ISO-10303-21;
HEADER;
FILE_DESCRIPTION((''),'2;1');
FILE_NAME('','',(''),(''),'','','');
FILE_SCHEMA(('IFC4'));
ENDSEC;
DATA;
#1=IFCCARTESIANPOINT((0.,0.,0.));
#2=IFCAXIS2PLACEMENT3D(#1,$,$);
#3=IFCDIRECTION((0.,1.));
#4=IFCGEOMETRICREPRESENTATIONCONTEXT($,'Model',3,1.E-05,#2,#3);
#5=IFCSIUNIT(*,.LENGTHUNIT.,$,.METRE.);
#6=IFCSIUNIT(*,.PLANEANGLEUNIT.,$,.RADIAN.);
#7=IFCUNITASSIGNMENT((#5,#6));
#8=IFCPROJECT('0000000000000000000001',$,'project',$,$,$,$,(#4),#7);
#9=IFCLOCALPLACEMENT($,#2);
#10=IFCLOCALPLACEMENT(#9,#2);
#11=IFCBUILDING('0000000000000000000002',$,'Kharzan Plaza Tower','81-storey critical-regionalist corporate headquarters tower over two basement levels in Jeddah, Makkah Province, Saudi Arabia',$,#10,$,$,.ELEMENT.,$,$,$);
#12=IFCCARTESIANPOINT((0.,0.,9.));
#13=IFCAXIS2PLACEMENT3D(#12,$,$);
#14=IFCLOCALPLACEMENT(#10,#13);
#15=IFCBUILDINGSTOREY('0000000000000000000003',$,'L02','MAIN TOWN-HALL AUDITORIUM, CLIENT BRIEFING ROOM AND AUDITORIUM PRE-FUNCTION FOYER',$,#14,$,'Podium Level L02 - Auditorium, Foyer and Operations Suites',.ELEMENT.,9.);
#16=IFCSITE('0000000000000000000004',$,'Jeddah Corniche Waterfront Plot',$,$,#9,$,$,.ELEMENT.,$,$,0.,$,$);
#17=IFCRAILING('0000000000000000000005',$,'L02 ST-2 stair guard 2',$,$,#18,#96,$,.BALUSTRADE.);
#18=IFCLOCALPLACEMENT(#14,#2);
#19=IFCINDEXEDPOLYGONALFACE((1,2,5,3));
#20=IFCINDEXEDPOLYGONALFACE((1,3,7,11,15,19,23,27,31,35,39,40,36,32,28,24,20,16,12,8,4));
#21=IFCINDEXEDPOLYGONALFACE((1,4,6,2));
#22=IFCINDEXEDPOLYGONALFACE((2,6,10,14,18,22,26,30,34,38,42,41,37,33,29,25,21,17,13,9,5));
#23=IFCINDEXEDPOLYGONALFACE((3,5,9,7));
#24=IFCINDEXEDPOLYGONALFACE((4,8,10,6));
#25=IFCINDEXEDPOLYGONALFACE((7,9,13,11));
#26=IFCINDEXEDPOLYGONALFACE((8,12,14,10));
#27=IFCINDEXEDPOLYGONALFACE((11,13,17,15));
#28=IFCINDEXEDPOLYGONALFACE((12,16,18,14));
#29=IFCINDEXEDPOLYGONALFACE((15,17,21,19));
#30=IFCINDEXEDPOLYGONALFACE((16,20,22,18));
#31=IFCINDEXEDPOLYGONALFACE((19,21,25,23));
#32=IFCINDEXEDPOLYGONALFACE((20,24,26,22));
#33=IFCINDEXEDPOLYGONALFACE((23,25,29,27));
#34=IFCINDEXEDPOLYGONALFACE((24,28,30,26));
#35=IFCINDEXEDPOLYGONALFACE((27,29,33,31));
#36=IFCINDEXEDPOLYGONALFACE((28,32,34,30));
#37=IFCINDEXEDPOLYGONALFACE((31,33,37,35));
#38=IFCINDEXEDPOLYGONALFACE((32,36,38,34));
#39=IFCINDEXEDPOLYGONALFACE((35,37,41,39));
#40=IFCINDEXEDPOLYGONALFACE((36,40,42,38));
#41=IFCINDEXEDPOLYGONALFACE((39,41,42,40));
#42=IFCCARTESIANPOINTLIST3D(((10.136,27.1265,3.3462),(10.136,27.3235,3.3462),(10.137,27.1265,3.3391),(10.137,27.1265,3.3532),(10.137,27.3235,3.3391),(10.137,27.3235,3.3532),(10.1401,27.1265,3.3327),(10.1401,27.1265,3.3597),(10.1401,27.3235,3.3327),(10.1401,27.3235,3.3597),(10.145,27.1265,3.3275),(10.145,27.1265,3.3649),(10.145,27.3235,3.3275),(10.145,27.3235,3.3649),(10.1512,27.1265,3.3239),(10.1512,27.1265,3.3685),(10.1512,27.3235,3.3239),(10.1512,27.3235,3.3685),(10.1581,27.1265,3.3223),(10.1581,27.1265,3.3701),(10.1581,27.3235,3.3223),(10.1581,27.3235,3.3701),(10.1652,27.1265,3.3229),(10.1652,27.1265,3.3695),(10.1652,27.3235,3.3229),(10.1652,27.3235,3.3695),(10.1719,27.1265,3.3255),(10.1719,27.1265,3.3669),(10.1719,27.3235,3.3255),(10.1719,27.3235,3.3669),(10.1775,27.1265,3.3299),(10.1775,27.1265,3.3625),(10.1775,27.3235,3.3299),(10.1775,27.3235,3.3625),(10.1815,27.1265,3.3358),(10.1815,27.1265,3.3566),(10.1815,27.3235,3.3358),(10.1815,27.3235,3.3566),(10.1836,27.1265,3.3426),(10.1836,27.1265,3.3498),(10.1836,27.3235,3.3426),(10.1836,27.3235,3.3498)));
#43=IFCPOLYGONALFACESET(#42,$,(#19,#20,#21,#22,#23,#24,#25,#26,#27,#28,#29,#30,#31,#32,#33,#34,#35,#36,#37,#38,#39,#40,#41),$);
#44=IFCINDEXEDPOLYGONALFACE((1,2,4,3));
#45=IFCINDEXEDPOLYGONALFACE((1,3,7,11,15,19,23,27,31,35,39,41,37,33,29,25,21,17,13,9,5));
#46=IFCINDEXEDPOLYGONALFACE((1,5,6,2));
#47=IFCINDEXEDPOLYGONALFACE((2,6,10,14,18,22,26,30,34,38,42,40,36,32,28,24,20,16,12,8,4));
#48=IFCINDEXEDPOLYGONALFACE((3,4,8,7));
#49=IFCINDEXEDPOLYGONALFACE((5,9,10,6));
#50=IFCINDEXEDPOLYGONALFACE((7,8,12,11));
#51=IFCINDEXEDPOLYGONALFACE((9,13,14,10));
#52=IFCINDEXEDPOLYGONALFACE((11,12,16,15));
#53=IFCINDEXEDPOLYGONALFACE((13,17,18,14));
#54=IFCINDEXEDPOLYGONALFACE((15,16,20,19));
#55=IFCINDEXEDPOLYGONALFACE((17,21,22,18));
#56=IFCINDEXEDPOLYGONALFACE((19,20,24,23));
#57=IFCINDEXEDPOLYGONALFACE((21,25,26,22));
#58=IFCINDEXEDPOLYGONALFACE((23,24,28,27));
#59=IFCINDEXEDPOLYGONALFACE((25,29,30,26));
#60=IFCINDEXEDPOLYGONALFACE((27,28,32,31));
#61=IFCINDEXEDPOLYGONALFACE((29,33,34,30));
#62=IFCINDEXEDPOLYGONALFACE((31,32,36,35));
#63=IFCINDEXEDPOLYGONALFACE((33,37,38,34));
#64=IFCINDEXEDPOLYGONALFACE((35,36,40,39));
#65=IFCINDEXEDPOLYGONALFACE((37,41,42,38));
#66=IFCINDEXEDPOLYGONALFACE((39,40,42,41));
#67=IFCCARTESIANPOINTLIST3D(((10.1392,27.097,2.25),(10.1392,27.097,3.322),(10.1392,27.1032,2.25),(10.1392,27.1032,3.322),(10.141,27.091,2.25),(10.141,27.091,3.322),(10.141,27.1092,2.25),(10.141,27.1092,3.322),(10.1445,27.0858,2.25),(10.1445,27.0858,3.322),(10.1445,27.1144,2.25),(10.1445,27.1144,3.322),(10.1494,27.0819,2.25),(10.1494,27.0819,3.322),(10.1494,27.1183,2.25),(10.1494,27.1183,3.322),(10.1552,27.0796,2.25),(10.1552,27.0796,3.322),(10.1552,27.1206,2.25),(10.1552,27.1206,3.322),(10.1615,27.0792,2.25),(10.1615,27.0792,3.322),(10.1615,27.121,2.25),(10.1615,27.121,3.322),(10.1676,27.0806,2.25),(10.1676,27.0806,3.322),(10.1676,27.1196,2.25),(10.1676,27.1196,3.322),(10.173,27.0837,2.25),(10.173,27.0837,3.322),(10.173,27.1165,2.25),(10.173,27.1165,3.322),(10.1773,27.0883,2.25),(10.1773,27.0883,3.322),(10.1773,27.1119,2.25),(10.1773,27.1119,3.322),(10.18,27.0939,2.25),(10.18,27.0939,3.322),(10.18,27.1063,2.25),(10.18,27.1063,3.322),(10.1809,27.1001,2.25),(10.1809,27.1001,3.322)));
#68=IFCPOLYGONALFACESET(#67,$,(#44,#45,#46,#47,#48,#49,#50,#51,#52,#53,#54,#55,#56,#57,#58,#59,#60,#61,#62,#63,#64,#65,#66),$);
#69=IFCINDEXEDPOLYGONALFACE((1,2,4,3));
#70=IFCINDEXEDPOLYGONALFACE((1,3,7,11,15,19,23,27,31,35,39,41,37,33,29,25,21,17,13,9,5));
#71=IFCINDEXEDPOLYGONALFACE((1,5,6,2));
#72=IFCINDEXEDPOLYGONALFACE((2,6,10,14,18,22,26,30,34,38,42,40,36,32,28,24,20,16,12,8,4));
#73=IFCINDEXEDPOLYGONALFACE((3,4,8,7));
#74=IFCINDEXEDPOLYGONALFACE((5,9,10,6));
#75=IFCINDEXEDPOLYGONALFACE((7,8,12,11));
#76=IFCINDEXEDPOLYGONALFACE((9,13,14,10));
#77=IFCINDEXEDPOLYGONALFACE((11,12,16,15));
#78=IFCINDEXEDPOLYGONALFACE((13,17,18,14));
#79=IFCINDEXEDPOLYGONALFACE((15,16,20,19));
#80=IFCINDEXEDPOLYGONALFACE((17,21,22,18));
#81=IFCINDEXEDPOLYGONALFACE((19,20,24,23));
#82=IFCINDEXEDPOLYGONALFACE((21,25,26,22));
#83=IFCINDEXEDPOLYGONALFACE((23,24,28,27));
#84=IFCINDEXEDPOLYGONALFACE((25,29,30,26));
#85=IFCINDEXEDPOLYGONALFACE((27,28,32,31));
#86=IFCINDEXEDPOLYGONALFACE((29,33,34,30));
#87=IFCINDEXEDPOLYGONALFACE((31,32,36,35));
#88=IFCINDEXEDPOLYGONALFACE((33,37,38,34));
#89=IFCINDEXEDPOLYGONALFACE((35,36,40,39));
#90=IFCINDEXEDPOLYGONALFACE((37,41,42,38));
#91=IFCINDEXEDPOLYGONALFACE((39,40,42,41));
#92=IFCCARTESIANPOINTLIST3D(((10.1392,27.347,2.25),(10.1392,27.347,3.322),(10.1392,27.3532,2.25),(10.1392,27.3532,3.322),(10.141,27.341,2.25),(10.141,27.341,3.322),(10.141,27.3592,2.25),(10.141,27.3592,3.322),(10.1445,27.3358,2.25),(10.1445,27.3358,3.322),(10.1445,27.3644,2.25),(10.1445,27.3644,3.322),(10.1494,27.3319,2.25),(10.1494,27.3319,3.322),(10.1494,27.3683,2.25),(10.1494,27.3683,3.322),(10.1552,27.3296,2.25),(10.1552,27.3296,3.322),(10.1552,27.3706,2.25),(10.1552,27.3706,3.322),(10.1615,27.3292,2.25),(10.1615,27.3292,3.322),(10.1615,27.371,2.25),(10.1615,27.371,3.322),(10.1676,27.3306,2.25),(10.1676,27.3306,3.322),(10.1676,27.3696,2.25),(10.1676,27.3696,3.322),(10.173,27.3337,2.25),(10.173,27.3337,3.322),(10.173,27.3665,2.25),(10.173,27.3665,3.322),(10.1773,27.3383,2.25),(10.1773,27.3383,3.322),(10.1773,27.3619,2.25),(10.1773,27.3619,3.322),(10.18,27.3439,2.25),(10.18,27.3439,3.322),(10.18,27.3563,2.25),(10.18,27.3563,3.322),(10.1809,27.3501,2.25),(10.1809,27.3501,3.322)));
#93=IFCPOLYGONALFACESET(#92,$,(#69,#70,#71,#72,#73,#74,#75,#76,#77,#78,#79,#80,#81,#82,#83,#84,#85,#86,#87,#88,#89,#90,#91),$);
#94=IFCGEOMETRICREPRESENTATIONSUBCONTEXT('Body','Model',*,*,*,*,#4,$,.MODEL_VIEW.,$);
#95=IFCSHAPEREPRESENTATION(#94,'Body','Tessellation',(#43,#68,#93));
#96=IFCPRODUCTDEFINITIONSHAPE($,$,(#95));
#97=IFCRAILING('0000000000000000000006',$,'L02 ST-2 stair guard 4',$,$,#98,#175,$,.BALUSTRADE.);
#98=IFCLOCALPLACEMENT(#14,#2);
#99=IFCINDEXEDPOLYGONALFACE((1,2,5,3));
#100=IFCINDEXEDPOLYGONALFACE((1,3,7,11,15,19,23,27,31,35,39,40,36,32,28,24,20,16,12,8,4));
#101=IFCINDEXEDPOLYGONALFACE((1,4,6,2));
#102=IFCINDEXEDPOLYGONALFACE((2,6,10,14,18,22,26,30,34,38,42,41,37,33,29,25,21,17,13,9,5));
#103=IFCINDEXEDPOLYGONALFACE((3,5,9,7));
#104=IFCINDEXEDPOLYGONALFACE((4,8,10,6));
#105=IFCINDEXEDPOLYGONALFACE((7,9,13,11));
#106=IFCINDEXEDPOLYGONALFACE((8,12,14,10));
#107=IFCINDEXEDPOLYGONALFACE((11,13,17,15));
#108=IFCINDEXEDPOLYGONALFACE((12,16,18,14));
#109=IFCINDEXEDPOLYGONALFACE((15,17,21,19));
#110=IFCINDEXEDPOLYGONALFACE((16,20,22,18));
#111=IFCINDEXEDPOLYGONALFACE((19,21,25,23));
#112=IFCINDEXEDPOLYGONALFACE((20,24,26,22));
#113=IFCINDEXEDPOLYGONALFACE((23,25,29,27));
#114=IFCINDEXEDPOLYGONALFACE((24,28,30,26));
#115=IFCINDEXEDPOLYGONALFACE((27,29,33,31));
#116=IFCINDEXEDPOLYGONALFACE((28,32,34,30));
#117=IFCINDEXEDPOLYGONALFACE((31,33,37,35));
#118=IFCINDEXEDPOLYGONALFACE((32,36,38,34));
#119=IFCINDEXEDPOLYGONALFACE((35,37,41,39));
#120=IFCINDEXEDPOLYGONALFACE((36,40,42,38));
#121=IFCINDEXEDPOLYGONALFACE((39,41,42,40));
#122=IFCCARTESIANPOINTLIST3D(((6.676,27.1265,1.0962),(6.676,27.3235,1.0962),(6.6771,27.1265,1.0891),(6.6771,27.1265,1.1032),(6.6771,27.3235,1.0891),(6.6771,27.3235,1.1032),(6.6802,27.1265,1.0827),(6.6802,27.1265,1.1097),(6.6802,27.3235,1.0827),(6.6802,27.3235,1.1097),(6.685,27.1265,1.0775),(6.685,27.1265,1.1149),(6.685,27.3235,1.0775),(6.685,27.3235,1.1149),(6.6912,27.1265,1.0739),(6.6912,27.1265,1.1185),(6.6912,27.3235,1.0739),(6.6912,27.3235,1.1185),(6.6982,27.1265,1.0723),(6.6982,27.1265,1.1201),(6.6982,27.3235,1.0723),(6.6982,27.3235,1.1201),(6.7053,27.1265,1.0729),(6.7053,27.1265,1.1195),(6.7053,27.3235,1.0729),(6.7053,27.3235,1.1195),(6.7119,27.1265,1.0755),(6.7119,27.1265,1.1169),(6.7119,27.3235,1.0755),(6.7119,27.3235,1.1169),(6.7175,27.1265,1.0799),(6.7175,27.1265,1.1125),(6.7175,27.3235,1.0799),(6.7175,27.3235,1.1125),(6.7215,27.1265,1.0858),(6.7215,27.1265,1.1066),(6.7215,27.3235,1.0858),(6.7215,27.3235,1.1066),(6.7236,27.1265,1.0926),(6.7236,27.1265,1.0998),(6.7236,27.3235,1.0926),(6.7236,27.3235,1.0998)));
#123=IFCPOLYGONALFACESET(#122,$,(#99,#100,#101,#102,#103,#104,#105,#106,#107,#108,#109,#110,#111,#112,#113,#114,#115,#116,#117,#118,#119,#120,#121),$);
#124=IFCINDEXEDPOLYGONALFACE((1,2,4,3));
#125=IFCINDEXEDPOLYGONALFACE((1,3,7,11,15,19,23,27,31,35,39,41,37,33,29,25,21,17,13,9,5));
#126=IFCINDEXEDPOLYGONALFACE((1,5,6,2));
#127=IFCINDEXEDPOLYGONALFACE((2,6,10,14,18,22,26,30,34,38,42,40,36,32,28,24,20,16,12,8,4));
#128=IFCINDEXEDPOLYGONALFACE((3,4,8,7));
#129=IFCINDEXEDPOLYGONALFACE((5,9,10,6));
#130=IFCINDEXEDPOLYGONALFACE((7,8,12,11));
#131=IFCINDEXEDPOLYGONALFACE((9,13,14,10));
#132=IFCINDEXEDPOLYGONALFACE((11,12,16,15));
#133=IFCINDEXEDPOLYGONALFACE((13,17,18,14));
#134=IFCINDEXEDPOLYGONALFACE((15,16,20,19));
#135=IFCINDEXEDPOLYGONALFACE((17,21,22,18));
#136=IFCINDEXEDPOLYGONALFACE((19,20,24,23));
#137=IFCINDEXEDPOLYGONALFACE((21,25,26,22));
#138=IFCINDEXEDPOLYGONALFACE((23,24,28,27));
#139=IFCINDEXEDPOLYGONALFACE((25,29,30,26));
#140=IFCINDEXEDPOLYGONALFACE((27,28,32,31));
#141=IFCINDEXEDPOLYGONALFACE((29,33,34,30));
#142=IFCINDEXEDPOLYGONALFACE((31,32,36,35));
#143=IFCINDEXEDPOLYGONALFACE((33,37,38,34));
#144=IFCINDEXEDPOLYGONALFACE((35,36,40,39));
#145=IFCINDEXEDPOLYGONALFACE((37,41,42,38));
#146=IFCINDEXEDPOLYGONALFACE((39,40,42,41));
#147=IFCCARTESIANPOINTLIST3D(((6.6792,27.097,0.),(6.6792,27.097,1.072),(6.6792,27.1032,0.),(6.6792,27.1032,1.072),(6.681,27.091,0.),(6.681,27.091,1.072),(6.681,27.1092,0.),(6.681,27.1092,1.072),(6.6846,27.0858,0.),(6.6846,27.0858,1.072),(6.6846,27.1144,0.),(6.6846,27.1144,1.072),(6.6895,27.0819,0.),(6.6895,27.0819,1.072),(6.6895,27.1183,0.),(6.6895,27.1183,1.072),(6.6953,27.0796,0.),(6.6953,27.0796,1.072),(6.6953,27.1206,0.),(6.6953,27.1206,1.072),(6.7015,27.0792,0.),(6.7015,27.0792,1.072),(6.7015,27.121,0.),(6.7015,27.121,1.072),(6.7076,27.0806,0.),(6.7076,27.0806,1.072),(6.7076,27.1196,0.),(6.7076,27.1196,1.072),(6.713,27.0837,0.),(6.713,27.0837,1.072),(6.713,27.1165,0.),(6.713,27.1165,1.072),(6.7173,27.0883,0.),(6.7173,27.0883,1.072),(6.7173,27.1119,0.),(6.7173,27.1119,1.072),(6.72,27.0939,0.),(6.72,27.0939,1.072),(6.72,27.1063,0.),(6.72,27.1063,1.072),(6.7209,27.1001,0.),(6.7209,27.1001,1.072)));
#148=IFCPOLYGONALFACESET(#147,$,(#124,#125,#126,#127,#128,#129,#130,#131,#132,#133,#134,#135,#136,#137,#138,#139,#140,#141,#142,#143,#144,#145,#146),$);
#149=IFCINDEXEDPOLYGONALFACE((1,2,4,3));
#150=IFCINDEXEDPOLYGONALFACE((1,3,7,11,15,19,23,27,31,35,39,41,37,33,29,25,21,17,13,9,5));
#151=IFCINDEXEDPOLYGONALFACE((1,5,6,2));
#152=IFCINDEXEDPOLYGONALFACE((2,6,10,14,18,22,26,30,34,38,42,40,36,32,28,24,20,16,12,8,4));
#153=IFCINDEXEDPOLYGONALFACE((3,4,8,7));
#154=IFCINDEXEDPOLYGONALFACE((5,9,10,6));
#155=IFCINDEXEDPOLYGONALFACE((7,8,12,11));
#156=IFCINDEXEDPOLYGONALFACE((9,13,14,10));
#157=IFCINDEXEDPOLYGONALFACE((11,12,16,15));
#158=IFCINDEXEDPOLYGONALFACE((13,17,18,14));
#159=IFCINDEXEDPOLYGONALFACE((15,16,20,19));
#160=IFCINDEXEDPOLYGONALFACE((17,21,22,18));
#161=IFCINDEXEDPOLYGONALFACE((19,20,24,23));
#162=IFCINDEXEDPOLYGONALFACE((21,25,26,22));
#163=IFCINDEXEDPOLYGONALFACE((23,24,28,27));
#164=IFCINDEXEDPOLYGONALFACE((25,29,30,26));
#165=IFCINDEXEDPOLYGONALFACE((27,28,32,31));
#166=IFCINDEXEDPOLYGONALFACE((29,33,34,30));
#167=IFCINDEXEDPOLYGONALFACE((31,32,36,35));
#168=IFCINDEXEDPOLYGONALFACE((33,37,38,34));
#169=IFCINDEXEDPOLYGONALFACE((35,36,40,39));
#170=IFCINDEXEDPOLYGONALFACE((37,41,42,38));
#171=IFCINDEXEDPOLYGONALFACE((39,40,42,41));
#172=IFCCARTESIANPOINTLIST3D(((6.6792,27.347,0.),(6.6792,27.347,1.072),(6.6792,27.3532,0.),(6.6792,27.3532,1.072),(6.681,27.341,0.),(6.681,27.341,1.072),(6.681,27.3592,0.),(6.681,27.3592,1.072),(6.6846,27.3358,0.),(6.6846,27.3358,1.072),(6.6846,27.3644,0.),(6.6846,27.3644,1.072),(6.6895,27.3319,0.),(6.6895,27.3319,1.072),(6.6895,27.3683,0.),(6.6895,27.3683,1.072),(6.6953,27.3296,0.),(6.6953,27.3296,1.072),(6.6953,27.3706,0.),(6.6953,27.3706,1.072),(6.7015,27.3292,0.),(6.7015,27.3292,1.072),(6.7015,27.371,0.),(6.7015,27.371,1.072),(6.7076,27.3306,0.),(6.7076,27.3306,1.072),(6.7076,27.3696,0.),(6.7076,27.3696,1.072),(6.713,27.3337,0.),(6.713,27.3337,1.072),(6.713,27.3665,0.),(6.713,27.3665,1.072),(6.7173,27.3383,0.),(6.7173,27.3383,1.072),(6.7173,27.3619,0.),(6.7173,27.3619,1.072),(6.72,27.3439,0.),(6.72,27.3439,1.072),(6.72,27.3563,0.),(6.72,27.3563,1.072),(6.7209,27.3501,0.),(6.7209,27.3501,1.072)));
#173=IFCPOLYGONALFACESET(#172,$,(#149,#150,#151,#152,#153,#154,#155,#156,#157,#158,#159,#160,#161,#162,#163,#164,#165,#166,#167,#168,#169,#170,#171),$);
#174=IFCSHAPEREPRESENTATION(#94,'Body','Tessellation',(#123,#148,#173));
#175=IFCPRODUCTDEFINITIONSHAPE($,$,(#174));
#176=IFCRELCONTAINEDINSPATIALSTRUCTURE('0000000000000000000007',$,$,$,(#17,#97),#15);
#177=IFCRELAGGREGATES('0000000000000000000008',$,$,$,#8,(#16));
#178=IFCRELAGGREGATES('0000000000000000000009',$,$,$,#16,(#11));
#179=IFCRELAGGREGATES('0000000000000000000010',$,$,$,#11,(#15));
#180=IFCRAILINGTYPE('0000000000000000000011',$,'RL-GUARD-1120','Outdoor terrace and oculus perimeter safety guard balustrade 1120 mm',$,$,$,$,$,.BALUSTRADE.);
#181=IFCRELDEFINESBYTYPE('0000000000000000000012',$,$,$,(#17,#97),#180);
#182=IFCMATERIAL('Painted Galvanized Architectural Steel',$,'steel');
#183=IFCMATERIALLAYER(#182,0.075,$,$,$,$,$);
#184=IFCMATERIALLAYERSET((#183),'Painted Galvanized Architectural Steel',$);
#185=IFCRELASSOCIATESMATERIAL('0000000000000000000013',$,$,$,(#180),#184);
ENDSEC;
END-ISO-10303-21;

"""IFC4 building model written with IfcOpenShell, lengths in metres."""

from ifc_helpers import new_model, si_unit, direction, frame, origin, origin_2d, place, context, subcontext, project, spatial, circle, extrude, source, transform, mapped, material, layer, layer_set, type_object, element, save


model = new_model("IFC4")

# Units and contexts
model_context = context("Model", 3, precision=1e-05, world=origin(), true_north=direction((0.0, 1.0)))
body_context = subcontext(model_context, "Body", "Model", "MODEL_VIEW")
ifc_project = project(units=[si_unit("LENGTHUNIT", "METRE"), si_unit("PLANEANGLEUNIT", "RADIAN")], contexts=[model_context])

# Site, building, storey
site_placement = place(None, origin())
site = spatial("IfcSite", under=ifc_project, at=site_placement, Name="Jeddah Corniche Waterfront Plot", CompositionType="ELEMENT", RefElevation=0.0)
building_placement = place(site_placement, origin())
building = spatial("IfcBuilding", under=site, at=building_placement, Name="Kharzan Plaza Tower", Description="81-storey critical-regionalist corporate headquarters tower over two basement levels in Jeddah, Makkah Province, Saudi Arabia", CompositionType="ELEMENT")
storey_placement = place(building_placement, frame((0.0, 0.0, 9.0)))
storey = spatial("IfcBuildingStorey", under=building, at=storey_placement, Name="L02", Description="MAIN TOWN-HALL AUDITORIUM, CLIENT BRIEFING ROOM AND AUDITORIUM PRE-FUNCTION FOYER", LongName="Podium Level L02 - Auditorium, Foyer and Operations Suites", CompositionType="ELEMENT", Elevation=9.0)

# Railings
ifc_material_1 = material(Name="Painted Galvanized Architectural Steel", Category="steel")
ifc_layer_1 = layer(ifc_material_1, 0.075)
ifc_layer_set_1 = layer_set([ifc_layer_1], Name="Painted Galvanized Architectural Steel")
railing_type_1 = type_object("IfcRailingType", Name="RL-GUARD-1120", Description="Outdoor terrace and oculus perimeter safety guard balustrade 1120 mm", PredefinedType="BALUSTRADE", material=ifc_layer_set_1)
shared_shape_1 = source(origin(), body_context, "Body", "SweptSolid", [
    extrude(circle(Radius=0.0239, at=origin_2d()), frame((0.0, 0.0264, 1.0962), z_axis=(0.0, 1.0, 0.0), x_axis=(-1.0, 0.0, 0.0)), (0.0, 0.0, 1.0), 0.197),
    extrude(circle(Radius=0.021, at=origin_2d()), origin(), (0.0, 0.0, 1.0), 1.072),
    extrude(circle(Radius=0.021, at=origin_2d()), frame((0.0, 0.25, 0.0)), (0.0, 0.0, 1.0), 1.072),
])
for number, where, name in (
    (1, (10.1599, 27.1001, 2.25), "L02 ST-2 stair guard 2"),
    (2, (6.7, 27.1001, 0.0), "L02 ST-2 stair guard 4"),
):
    element("IfcRailing", number, at=place(storey_placement, frame(where)), inside=storey, type_object=railing_type_1, Name=name, PredefinedType="BALUSTRADE", context=body_context, shape_type="MappedRepresentation", body=[
        mapped(shared_shape_1, transform((0.0, 0.0, 0.0), x_axis=(1.0, 0.0, 0.0), y_axis=(0.0, 1.0, 0.0), z_axis=(0.0, 0.0, 1.0))),
    ])

save(model, "model.ifc")
